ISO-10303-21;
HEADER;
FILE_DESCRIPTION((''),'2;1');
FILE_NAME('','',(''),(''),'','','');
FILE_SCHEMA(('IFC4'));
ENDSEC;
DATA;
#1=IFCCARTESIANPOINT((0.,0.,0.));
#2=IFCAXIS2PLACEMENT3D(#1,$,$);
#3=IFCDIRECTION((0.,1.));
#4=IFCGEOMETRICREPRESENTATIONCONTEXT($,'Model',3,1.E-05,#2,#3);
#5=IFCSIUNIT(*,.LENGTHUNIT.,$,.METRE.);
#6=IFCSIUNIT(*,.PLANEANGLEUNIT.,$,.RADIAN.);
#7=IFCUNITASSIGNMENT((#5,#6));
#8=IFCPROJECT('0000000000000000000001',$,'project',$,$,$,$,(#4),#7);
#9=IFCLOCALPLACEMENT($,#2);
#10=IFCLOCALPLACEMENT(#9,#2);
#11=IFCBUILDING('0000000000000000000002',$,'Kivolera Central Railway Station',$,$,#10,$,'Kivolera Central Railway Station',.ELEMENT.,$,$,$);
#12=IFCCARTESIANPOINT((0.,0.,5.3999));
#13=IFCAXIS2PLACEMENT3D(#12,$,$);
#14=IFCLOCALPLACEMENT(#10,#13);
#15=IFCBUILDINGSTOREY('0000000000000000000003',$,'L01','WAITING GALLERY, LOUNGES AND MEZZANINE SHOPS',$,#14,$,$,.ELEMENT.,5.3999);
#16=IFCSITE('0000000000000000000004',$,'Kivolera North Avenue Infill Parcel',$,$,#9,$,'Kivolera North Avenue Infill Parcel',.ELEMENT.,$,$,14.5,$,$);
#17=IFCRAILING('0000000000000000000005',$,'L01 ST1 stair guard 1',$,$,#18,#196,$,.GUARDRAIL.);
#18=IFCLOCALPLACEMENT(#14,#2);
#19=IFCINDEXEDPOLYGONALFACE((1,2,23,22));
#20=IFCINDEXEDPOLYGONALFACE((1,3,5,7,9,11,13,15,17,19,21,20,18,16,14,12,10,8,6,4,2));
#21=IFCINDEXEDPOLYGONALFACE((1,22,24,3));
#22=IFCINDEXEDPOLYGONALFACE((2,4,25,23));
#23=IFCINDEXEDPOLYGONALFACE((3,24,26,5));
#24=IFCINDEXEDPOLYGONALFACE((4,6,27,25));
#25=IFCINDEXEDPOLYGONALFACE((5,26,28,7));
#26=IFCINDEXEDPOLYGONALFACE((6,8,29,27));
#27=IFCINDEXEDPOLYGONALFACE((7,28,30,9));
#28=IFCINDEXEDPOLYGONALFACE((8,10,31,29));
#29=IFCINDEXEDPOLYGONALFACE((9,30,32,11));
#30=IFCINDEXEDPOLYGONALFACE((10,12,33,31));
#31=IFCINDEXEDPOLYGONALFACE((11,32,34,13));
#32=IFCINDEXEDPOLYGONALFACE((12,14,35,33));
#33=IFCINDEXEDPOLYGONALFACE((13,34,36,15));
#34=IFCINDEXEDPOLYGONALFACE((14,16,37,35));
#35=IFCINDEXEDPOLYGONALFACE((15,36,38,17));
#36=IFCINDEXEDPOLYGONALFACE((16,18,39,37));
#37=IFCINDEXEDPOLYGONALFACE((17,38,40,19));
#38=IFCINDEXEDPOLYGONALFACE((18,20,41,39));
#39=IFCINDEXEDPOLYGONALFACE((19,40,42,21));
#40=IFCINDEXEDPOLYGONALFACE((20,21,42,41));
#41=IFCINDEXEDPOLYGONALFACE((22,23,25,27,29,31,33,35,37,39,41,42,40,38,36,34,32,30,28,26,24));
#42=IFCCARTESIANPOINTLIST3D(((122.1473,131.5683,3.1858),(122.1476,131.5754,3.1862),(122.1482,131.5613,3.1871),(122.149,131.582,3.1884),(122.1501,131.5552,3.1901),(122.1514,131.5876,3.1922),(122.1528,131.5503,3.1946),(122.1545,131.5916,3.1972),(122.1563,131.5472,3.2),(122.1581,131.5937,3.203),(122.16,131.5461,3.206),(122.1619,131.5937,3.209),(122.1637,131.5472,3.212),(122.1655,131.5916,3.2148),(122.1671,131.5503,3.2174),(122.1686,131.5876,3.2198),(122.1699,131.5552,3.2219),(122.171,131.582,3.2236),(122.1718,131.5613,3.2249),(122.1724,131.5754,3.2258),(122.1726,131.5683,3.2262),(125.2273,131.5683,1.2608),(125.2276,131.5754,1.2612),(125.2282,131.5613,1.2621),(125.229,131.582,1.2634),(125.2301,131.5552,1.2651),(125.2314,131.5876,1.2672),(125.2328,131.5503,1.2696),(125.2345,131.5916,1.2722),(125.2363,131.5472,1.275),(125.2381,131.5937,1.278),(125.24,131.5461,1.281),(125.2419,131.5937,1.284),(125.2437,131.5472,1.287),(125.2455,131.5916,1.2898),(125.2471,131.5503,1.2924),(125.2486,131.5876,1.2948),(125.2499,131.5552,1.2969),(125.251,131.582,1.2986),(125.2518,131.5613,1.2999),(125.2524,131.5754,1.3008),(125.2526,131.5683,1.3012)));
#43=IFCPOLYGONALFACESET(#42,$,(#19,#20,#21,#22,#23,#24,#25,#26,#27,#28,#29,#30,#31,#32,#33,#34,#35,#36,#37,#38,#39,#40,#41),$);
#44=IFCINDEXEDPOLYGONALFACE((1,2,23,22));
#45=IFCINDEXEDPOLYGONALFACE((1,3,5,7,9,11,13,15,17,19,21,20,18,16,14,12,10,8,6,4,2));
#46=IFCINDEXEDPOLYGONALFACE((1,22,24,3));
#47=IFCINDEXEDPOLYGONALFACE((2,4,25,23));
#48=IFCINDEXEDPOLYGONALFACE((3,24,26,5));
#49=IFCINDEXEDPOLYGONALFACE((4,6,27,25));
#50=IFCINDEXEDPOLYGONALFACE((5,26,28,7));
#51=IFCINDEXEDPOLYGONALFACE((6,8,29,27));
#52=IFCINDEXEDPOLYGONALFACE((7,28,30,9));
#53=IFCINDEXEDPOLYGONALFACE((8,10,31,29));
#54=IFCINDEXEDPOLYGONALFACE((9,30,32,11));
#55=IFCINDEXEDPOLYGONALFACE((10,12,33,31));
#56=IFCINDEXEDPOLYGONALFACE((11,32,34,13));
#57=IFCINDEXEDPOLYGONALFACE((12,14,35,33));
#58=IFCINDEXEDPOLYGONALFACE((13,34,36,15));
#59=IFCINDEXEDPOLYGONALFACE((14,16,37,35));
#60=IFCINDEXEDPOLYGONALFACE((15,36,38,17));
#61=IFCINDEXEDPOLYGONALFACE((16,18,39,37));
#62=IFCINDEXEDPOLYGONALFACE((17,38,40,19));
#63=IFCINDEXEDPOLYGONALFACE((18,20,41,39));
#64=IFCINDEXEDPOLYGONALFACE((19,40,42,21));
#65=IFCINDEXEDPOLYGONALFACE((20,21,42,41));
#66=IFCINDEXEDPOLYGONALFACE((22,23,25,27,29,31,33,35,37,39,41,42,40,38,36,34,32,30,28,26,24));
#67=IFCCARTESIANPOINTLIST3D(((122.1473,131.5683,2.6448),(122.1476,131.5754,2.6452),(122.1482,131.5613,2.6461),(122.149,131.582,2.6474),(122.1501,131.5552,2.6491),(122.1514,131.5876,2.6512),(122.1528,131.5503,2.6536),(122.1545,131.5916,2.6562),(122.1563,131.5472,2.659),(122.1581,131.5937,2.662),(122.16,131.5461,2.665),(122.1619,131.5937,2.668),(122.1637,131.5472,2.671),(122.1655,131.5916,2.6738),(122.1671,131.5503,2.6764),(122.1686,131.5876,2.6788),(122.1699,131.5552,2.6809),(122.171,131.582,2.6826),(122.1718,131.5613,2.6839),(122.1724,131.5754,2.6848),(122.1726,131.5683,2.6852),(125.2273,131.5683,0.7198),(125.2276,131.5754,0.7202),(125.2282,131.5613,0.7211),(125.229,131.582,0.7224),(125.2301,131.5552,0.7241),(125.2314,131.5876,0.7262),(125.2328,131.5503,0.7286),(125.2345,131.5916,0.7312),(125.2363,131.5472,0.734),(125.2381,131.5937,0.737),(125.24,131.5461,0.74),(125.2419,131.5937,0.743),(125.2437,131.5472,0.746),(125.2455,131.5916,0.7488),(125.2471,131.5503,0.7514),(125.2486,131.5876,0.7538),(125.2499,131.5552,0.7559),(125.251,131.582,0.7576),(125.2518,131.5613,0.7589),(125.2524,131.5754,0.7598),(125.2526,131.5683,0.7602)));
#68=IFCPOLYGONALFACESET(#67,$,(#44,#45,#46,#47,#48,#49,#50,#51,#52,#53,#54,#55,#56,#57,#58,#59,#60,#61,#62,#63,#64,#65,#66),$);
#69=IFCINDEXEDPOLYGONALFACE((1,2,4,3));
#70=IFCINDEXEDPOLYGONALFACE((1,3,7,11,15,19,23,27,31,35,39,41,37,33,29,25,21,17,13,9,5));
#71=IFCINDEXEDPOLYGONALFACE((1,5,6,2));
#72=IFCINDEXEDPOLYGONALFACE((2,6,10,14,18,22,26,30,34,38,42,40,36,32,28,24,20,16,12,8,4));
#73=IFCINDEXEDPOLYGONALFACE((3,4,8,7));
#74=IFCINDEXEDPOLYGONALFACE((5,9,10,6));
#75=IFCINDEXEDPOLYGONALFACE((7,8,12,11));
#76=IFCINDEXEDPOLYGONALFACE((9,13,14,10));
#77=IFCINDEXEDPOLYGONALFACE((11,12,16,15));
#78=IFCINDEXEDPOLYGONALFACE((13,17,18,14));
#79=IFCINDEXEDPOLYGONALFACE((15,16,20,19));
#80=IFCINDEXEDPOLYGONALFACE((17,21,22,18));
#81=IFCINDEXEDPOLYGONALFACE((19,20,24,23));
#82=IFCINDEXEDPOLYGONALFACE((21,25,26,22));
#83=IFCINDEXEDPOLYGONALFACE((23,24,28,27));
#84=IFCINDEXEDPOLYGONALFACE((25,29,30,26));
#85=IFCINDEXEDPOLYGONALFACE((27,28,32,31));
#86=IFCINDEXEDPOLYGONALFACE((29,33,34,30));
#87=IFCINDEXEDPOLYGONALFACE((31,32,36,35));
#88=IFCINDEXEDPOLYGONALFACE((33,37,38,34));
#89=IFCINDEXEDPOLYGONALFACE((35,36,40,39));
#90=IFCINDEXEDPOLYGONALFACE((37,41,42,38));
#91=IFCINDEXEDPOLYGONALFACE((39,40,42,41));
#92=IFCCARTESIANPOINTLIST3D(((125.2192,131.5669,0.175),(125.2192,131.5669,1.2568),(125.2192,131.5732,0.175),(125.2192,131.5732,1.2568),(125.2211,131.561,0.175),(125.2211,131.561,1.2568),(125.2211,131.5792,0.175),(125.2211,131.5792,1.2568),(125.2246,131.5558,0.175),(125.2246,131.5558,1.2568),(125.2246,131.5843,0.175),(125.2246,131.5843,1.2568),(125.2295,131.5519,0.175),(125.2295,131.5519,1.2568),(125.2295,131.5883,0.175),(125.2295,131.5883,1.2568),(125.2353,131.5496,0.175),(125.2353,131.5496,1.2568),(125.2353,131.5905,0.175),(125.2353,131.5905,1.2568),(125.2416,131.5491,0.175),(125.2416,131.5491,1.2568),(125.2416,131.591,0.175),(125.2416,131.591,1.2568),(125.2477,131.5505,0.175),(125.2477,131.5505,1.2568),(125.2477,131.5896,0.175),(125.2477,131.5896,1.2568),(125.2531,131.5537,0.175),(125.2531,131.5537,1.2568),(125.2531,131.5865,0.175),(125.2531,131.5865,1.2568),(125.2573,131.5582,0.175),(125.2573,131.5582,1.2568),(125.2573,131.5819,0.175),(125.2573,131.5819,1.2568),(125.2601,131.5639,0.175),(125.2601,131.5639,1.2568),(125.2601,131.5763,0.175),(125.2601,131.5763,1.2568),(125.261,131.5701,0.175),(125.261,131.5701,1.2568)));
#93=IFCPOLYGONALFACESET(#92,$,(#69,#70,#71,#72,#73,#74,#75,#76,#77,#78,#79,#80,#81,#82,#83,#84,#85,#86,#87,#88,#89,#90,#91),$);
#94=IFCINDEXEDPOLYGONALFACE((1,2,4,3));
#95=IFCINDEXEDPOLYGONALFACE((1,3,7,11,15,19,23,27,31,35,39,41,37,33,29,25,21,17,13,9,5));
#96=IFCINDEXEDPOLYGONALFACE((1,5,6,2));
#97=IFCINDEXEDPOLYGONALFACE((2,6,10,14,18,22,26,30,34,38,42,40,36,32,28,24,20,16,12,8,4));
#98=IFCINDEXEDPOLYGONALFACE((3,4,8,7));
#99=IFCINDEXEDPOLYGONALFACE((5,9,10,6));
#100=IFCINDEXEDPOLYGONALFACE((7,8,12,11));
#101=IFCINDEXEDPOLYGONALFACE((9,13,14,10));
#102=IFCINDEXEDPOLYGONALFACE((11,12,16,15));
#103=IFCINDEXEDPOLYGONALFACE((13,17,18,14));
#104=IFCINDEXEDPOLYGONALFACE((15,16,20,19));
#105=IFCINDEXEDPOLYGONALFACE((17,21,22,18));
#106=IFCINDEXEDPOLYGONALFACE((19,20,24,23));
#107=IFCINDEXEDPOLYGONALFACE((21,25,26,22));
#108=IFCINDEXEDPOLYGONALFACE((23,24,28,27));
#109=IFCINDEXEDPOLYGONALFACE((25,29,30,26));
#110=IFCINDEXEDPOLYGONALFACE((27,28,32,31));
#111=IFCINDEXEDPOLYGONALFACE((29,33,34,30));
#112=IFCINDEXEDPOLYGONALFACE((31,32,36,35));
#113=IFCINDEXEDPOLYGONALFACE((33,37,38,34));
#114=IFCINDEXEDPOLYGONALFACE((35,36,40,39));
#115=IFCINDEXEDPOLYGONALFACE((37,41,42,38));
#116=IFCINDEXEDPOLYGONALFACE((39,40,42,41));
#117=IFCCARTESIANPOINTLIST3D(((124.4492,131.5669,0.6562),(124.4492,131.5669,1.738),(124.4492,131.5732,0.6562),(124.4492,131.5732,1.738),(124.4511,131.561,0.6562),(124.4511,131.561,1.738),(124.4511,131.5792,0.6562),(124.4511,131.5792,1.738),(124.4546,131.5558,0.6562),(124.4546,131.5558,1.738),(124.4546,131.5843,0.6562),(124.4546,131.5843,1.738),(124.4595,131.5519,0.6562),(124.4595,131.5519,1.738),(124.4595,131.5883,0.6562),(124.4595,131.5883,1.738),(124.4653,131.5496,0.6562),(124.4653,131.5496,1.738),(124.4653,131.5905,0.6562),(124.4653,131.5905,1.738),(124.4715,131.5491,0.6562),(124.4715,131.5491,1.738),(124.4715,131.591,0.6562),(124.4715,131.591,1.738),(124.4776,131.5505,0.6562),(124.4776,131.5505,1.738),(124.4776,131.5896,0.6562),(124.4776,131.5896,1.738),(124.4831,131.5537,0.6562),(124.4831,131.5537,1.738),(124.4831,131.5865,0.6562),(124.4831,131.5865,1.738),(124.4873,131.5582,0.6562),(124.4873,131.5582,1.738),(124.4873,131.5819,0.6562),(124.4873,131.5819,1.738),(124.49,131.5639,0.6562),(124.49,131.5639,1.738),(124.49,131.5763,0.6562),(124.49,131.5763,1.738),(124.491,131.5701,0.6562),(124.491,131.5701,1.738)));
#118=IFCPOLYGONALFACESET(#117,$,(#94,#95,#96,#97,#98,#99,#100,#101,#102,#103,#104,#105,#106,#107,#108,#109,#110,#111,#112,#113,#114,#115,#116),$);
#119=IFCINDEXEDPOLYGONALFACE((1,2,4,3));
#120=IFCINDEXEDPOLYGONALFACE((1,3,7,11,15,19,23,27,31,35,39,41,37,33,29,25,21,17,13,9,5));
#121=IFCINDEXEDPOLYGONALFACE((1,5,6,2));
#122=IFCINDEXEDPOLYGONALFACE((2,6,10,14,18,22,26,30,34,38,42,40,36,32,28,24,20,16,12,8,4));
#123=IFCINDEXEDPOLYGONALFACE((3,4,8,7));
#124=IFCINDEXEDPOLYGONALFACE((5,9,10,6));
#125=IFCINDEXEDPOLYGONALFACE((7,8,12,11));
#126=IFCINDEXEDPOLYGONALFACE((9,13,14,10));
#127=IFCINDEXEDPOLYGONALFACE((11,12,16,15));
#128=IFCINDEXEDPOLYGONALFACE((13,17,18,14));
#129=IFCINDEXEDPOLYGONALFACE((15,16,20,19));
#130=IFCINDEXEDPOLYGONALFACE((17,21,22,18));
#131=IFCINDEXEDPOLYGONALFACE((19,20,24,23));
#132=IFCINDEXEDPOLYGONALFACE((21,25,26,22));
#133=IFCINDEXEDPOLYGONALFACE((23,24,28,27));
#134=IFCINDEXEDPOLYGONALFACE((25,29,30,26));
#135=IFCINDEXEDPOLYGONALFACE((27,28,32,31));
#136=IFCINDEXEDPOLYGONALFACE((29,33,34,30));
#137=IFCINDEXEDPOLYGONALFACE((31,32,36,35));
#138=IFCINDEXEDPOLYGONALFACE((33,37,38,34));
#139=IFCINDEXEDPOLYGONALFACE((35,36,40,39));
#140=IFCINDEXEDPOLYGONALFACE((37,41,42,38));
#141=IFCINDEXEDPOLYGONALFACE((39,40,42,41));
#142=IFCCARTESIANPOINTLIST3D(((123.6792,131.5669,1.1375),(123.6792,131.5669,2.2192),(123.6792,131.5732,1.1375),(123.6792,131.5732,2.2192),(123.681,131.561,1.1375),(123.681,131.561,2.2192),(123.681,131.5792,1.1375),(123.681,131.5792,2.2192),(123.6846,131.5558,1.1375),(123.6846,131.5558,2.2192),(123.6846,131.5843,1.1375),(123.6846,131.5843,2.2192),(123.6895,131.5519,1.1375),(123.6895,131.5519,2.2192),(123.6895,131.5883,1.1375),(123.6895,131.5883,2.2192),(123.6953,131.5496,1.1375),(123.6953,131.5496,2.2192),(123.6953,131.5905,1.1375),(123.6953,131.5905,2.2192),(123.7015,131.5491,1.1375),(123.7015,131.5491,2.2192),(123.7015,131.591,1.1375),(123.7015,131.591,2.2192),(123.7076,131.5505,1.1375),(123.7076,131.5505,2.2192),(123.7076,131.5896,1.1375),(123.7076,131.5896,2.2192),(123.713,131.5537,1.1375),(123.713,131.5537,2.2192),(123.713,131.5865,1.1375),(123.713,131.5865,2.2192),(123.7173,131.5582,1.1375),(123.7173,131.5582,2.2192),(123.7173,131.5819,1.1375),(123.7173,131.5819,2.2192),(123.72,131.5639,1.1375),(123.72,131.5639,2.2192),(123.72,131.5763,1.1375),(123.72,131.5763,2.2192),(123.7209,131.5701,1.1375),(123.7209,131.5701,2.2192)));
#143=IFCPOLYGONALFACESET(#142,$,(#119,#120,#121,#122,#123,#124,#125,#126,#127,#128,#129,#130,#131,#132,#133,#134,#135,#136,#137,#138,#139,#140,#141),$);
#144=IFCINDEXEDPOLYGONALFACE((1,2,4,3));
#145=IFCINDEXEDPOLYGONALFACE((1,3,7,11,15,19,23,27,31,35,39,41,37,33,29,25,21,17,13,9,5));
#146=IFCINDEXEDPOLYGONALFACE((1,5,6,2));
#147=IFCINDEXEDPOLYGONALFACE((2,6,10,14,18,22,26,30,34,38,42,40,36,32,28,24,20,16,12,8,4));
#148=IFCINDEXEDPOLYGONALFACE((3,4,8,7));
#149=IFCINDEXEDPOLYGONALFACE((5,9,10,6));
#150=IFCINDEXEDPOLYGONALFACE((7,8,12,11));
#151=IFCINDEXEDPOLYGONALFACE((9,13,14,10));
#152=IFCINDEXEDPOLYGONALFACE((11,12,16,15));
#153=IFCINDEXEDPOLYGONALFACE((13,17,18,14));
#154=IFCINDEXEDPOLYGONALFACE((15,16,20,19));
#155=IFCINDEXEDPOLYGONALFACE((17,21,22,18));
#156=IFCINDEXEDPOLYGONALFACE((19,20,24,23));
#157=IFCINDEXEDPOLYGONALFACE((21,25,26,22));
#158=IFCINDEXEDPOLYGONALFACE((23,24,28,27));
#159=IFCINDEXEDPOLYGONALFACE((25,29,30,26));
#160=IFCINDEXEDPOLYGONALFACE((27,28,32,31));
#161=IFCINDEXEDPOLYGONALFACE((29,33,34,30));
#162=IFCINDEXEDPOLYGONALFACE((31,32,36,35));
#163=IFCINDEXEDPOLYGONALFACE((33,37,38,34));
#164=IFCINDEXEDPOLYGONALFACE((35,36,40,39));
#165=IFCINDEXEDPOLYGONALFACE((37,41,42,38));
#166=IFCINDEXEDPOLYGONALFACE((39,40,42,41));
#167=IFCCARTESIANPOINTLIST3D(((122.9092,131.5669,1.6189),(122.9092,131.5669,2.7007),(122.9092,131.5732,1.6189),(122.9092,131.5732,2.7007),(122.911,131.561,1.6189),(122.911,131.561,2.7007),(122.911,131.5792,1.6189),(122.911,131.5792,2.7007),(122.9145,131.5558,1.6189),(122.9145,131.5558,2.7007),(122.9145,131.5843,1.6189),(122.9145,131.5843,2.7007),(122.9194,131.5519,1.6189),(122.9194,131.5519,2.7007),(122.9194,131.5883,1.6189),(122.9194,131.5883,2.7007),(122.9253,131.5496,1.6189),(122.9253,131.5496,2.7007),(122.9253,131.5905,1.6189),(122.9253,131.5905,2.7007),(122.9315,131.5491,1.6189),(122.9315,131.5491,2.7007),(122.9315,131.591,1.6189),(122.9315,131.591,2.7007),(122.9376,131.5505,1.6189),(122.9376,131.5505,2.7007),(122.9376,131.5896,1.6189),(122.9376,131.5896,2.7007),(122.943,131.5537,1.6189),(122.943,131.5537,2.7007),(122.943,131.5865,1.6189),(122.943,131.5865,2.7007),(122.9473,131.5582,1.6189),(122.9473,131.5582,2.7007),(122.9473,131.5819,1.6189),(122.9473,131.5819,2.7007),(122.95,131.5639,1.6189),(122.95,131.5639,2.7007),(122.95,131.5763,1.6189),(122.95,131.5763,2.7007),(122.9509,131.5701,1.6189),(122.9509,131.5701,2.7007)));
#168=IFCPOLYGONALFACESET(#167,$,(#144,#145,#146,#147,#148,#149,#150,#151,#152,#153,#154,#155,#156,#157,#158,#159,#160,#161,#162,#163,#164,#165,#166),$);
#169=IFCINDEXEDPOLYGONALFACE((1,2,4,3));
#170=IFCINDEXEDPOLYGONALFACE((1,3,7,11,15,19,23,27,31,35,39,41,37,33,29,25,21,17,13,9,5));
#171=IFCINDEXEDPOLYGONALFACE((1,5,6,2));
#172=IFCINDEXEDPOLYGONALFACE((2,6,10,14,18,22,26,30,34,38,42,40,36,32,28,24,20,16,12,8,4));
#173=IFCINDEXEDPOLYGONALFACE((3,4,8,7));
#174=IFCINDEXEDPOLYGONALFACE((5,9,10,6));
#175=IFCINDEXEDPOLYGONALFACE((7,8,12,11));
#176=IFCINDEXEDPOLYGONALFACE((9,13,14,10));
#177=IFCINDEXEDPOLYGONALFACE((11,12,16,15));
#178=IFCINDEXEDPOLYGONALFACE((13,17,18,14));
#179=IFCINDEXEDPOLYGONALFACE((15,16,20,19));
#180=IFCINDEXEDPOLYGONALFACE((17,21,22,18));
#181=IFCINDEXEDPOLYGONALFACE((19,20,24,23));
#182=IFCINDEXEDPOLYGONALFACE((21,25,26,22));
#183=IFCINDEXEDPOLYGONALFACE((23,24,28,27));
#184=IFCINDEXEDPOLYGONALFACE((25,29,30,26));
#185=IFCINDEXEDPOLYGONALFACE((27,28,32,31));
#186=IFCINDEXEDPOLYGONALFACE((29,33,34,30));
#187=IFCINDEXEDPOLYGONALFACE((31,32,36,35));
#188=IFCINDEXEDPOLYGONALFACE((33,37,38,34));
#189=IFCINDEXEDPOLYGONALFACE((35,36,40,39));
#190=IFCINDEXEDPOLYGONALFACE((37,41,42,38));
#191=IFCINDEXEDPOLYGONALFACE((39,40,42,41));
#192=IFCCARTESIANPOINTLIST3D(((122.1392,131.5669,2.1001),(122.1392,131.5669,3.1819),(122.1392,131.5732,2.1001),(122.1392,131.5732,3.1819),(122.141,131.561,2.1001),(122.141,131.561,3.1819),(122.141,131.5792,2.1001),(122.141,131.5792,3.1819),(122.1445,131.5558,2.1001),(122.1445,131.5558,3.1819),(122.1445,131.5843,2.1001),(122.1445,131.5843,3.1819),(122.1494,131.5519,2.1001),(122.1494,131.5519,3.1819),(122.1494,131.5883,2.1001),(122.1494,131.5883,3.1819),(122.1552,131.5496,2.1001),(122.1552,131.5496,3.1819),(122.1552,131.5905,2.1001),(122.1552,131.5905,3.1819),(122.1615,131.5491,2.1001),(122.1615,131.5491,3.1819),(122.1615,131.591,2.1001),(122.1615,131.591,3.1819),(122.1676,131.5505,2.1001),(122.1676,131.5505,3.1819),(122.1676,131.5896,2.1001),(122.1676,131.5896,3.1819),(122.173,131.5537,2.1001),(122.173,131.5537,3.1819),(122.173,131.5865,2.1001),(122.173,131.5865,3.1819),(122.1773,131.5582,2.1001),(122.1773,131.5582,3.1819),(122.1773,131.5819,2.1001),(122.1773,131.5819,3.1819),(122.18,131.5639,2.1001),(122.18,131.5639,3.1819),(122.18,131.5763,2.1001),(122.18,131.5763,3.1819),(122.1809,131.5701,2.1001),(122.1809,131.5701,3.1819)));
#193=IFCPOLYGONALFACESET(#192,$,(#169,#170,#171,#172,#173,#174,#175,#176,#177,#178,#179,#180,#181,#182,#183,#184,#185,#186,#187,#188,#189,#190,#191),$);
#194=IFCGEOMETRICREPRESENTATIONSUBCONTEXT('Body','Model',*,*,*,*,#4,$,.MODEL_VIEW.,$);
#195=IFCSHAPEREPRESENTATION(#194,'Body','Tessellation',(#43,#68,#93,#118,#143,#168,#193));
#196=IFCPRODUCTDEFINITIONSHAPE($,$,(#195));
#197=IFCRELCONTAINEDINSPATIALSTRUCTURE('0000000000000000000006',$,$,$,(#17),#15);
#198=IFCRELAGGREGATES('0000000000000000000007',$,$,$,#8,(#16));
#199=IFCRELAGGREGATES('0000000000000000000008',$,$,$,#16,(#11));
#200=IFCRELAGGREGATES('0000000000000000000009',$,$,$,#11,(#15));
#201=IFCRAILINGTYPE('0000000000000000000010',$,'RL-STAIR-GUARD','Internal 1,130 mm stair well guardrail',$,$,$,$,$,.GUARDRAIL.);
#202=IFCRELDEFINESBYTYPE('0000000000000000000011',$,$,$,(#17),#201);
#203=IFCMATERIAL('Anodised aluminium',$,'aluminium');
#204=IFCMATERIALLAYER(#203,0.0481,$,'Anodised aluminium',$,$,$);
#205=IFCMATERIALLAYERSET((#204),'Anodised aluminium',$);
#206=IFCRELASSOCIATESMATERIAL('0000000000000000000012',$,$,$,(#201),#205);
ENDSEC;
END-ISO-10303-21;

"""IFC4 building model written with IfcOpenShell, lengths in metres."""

from ifc_helpers import new_model, si_unit, direction, frame, origin, origin_2d, place, context, subcontext, project, spatial, circle, extrude, material, layer, layer_set, type_object, element, save


model = new_model("IFC4")

# Units and contexts
model_context = context("Model", 3, precision=1e-05, world=origin(), true_north=direction((0.0, 1.0)))
body_context = subcontext(model_context, "Body", "Model", "MODEL_VIEW")
ifc_project = project(units=[si_unit("LENGTHUNIT", "METRE"), si_unit("PLANEANGLEUNIT", "RADIAN")], contexts=[model_context])

# Site, building, storey
site_placement = place(None, origin())
site = spatial("IfcSite", under=ifc_project, at=site_placement, Name="Kivolera North Avenue Infill Parcel", LongName="Kivolera North Avenue Infill Parcel", CompositionType="ELEMENT", RefElevation=14.5)
building_placement = place(site_placement, origin())
building = spatial("IfcBuilding", under=site, at=building_placement, Name="Kivolera Central Railway Station", LongName="Kivolera Central Railway Station", CompositionType="ELEMENT")
storey_placement = place(building_placement, frame((0.0, 0.0, 5.3999)))
storey = spatial("IfcBuildingStorey", under=building, at=storey_placement, Name="L01", Description="WAITING GALLERY, LOUNGES AND MEZZANINE SHOPS", CompositionType="ELEMENT", Elevation=5.3999)

# Shared definitions
ifc_material_1 = material(Name="Anodised aluminium", Category="aluminium")

# Railing
ifc_layer_1 = layer(ifc_material_1, 0.0481, Name="Anodised aluminium")
ifc_layer_set_1 = layer_set([ifc_layer_1], Name="Anodised aluminium")
railing_type_1 = type_object("IfcRailingType", Name="RL-STAIR-GUARD", Description="Internal 1,130 mm stair well guardrail", PredefinedType="GUARDRAIL", material=ifc_layer_set_1)
railing_1_placement = place(storey_placement, frame((125.24, 131.5701, 0.175)))
element("IfcRailing", 1, at=railing_1_placement, inside=storey, type_object=railing_type_1, Name="L01 ST1 stair guard 1", PredefinedType="GUARDRAIL", context=body_context, shape_type="SweptSolid", body=[
    extrude(circle(Radius=0.0239, at=origin_2d()), frame((0.0, 0.0, 1.106), z_axis=(-0.847998, 0.0, 0.529999), x_axis=(0.0, -1.0, 0.0)), (0.0, 0.0, 1.0), 3.6321),
    extrude(circle(Radius=0.0239, at=origin_2d()), frame((0.0, 0.0, 0.5649), z_axis=(-0.847998, 0.0, 0.529999), x_axis=(0.0, -1.0, 0.0)), (0.0, 0.0, 1.0), 3.6321),
    extrude(circle(Radius=0.021, at=origin_2d()), origin(), (0.0, 0.0, 1.0), 1.0818),
    extrude(circle(Radius=0.021, at=origin_2d()), frame((-0.77, 0.0, 0.4812)), (0.0, 0.0, 1.0), 1.0818),
    extrude(circle(Radius=0.021, at=origin_2d()), frame((-1.54, 0.0, 0.9624)), (0.0, 0.0, 1.0), 1.0818),
    extrude(circle(Radius=0.021, at=origin_2d()), frame((-2.3101, 0.0, 1.4438)), (0.0, 0.0, 1.0), 1.0818),
    extrude(circle(Radius=0.021, at=origin_2d()), frame((-3.0801, 0.0, 1.925)), (0.0, 0.0, 1.0), 1.0818),
])

save(model, "model.ifc")
